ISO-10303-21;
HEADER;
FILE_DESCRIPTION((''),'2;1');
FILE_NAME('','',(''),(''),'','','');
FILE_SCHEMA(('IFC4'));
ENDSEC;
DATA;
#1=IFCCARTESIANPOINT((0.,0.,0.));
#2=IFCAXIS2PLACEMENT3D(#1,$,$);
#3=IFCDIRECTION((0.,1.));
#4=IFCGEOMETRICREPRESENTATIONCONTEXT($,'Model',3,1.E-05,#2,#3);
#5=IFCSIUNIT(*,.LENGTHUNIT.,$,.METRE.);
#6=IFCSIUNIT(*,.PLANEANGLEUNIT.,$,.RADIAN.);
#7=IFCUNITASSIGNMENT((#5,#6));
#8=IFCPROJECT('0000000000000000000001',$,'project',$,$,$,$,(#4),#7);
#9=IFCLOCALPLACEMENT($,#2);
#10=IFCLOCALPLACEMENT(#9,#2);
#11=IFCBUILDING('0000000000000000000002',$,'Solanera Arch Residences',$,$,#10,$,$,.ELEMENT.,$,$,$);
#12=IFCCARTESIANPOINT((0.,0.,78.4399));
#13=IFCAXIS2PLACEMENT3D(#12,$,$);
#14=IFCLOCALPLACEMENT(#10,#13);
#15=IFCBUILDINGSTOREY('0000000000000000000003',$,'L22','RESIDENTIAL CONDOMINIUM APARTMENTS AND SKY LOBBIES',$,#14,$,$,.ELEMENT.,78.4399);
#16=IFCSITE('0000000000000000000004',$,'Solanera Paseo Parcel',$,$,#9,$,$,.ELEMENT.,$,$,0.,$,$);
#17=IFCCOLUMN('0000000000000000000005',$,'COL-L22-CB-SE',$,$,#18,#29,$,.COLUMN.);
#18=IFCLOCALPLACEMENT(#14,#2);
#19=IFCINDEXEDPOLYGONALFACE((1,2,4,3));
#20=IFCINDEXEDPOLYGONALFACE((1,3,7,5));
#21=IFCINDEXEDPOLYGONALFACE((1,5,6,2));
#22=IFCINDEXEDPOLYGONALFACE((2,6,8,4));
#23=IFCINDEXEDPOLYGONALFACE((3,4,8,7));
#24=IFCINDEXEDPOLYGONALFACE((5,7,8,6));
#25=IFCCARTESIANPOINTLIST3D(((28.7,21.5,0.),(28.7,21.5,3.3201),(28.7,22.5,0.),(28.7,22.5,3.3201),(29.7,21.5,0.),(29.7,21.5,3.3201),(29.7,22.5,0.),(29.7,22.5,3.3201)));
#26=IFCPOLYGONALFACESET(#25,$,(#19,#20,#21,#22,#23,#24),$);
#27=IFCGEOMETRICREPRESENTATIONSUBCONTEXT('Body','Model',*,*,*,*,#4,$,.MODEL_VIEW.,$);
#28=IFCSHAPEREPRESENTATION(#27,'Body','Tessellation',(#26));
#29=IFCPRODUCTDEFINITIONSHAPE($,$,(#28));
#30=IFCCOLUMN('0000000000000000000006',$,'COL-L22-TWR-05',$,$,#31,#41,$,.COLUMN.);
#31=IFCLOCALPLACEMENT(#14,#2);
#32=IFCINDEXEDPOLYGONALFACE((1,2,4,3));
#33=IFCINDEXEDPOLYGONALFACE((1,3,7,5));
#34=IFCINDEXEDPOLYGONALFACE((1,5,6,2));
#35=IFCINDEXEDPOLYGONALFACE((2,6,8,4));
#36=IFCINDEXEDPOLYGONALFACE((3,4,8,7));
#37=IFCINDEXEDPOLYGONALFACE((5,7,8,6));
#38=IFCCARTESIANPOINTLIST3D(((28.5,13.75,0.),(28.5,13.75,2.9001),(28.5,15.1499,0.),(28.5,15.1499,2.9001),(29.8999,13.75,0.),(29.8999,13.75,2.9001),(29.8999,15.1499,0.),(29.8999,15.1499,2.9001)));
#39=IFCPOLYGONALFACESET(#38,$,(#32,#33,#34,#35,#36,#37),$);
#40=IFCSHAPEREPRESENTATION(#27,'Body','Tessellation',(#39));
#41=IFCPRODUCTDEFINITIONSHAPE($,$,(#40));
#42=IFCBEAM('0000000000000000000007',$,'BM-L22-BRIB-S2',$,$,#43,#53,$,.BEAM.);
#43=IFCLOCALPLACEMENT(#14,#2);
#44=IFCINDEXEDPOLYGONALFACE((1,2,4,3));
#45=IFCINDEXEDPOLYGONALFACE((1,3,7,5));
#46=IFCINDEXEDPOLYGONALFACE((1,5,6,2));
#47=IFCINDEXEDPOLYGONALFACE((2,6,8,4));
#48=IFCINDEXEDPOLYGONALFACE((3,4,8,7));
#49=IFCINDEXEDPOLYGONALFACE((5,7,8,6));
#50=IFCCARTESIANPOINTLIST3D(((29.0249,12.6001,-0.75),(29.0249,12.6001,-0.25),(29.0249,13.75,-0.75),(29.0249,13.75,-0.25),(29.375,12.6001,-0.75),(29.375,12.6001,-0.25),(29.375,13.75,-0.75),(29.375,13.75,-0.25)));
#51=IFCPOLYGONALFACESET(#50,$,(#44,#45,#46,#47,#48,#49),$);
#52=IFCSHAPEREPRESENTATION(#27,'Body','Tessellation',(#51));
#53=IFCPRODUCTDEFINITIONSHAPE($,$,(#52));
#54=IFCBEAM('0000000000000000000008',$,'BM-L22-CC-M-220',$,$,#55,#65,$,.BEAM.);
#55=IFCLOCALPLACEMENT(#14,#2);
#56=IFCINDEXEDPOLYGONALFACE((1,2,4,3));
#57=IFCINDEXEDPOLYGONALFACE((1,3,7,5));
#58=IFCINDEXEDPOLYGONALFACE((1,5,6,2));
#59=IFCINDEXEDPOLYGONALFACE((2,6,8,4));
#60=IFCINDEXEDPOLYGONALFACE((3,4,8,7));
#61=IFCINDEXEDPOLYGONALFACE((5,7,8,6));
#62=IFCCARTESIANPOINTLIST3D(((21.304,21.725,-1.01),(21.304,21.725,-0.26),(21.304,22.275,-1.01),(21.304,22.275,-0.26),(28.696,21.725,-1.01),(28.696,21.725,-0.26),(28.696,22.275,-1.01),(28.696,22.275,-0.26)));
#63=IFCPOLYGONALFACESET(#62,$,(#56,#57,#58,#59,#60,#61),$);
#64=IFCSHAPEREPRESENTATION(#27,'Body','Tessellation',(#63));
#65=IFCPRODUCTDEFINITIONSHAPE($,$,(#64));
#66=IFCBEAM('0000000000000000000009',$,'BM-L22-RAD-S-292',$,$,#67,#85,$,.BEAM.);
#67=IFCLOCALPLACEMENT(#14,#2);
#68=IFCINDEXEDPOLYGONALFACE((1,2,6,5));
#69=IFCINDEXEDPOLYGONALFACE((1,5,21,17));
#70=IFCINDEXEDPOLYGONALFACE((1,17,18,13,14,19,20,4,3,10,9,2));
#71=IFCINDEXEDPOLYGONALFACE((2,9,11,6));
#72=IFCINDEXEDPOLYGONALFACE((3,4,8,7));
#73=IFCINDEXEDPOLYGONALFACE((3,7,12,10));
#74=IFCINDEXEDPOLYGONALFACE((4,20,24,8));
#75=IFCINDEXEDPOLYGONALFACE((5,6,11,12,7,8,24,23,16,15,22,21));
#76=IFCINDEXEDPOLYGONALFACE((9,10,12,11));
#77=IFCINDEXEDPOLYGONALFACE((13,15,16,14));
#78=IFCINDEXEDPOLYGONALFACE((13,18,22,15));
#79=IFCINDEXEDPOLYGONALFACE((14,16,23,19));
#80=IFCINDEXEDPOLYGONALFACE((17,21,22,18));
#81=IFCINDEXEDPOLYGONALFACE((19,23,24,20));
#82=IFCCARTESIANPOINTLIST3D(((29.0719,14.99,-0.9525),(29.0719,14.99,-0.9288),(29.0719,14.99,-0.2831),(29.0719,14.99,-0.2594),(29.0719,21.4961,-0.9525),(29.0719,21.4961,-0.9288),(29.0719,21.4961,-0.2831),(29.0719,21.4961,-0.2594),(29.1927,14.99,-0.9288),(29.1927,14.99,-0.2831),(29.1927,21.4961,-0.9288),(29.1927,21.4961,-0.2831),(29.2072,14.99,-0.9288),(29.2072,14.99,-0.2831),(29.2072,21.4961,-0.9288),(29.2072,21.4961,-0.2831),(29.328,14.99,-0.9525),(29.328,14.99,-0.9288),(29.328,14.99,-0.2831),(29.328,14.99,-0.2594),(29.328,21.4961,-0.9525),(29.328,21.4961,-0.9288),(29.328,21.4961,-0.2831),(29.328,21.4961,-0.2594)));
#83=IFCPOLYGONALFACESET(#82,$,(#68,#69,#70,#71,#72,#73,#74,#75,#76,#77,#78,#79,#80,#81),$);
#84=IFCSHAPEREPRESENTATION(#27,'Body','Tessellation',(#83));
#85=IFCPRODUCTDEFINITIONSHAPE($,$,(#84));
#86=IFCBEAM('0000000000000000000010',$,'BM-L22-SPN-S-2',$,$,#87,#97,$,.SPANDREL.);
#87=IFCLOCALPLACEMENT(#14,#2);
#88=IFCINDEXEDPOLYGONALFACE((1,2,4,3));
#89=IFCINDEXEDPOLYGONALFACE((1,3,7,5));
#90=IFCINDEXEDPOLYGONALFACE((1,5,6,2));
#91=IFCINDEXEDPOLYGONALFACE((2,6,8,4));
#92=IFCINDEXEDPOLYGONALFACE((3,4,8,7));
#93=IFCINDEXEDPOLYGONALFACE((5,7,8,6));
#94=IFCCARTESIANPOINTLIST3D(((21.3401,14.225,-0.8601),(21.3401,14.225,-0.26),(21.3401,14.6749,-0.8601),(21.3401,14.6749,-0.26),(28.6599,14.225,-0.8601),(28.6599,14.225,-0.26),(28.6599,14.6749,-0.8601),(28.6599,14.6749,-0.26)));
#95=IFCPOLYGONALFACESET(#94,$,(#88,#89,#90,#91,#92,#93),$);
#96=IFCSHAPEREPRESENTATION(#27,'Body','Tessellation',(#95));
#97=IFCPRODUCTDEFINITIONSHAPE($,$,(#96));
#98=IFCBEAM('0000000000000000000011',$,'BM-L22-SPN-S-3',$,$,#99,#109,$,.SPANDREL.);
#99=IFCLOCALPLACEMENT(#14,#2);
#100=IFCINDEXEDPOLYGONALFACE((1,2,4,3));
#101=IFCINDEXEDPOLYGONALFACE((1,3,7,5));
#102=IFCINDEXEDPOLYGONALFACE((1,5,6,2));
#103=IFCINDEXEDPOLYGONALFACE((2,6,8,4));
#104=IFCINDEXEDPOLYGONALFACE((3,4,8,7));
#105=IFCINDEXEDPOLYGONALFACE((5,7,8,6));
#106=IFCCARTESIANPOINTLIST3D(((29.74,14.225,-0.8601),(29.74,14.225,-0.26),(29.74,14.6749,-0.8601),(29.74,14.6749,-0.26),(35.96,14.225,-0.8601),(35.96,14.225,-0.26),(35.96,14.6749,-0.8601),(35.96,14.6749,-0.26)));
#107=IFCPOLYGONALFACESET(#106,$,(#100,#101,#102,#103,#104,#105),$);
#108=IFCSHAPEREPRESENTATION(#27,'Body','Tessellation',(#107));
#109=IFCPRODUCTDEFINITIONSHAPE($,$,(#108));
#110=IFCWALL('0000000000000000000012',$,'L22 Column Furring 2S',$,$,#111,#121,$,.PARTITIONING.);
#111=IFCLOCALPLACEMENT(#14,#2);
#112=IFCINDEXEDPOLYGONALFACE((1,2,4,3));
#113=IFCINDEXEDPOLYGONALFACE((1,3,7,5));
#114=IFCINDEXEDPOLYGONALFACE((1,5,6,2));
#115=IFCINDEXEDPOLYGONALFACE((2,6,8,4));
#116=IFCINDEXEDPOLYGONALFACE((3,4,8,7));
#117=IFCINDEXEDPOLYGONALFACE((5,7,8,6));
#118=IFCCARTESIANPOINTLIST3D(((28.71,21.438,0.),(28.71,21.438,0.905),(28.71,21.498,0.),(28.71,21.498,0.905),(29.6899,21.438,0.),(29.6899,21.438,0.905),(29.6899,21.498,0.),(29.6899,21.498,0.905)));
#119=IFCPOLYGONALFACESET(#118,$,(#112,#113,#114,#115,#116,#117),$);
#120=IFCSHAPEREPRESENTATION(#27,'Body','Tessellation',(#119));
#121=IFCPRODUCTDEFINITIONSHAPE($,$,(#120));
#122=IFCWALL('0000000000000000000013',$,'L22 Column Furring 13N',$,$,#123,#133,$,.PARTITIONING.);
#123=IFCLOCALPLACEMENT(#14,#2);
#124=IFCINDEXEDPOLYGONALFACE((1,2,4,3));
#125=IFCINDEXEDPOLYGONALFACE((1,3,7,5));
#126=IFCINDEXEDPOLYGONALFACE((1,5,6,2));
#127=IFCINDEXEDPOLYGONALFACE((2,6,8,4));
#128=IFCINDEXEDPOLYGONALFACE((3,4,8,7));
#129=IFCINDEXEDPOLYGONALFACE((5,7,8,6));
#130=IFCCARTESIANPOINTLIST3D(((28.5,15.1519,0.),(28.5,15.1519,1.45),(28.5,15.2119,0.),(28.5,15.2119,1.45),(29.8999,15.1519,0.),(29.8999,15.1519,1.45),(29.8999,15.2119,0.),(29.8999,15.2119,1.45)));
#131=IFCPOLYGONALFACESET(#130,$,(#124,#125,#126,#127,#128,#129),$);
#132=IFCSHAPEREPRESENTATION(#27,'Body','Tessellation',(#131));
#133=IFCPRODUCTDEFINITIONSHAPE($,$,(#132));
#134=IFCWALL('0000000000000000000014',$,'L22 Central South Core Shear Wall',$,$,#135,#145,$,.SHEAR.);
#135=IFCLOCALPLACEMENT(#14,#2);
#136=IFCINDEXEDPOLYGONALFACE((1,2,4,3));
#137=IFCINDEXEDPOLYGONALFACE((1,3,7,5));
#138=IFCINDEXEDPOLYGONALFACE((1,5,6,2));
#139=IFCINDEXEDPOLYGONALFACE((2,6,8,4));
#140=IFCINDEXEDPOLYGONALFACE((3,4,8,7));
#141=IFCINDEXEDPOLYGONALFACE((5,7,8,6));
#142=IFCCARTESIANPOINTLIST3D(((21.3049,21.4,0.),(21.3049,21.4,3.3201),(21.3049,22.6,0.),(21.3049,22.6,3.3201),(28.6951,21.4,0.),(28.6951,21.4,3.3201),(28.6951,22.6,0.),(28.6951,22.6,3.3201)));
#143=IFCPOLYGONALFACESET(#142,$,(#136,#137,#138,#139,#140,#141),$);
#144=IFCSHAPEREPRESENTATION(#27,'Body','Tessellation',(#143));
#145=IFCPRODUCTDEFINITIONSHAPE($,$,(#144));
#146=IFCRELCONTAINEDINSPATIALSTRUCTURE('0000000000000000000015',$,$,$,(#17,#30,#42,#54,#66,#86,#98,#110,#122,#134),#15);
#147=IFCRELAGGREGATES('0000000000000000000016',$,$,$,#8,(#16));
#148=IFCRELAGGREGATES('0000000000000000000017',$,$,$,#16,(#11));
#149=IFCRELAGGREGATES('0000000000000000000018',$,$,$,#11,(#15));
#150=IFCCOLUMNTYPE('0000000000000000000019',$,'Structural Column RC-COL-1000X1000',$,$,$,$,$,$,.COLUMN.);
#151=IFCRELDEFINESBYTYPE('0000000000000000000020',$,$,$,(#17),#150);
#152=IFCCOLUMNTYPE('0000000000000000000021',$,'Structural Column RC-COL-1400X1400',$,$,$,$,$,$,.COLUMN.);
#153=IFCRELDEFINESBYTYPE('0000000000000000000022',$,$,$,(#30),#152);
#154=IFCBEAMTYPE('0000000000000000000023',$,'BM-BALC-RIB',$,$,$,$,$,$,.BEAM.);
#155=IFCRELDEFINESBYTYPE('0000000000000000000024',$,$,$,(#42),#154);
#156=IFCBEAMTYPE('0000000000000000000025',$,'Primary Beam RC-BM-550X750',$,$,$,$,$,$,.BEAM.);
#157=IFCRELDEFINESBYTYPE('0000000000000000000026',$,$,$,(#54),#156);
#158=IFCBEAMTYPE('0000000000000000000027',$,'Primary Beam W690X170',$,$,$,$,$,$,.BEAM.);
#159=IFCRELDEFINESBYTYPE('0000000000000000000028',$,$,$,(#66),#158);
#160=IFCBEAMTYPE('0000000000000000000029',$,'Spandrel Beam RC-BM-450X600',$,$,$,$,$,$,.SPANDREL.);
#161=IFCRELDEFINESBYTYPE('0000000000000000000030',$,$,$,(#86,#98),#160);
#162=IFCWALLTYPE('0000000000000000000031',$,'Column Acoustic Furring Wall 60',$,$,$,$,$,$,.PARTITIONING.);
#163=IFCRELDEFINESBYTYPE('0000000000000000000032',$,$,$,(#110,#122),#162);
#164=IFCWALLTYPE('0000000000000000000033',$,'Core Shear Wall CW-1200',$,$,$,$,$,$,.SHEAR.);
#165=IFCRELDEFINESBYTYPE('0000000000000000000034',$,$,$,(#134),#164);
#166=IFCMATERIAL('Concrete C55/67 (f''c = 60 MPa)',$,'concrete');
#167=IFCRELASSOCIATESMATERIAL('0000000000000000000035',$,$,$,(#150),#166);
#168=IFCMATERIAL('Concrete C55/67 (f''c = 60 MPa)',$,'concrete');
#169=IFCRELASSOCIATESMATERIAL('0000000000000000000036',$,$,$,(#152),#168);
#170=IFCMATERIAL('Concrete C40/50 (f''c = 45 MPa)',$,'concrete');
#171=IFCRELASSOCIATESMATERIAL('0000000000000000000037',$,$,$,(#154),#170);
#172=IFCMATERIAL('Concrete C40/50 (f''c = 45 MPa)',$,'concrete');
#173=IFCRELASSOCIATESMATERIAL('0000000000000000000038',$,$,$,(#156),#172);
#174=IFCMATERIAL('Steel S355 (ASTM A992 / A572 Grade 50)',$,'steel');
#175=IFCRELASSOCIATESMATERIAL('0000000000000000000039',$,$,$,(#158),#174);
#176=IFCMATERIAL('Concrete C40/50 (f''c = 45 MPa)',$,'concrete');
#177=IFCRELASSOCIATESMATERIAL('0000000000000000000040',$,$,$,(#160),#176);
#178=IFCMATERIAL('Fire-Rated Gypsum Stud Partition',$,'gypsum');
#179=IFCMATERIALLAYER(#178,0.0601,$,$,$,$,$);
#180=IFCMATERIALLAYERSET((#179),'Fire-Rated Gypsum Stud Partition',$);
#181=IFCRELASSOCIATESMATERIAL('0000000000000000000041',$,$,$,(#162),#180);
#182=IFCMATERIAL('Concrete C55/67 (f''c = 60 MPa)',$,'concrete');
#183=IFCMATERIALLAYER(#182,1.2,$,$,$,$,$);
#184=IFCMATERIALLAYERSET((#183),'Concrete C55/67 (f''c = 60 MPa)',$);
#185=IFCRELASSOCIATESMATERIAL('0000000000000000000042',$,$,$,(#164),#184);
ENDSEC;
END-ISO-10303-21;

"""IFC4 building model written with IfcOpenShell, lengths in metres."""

from ifc_helpers import new_model, si_unit, direction, frame, frame_2d, origin, origin_2d, place, context, subcontext, project, spatial, rectangle, i_section, extrude, material, layer, layer_set, material_profile, profile_set, type_object, element, save


model = new_model("IFC4")

# Units and contexts
model_context = context("Model", 3, precision=1e-05, world=origin(), true_north=direction((0.0, 1.0)))
body_context = subcontext(model_context, "Body", "Model", "MODEL_VIEW")
ifc_project = project(units=[si_unit("LENGTHUNIT", "METRE"), si_unit("PLANEANGLEUNIT", "RADIAN")], contexts=[model_context])

# Site, building, storey
site_placement = place(None, origin())
site = spatial("IfcSite", under=ifc_project, at=site_placement, Name="Solanera Paseo Parcel", CompositionType="ELEMENT", RefElevation=0.0)
building_placement = place(site_placement, origin())
building = spatial("IfcBuilding", under=site, at=building_placement, Name="Solanera Arch Residences", CompositionType="ELEMENT")
storey_placement = place(building_placement, frame((0.0, 0.0, 78.4399)))
storey = spatial("IfcBuildingStorey", under=building, at=storey_placement, Name="L22", Description="RESIDENTIAL CONDOMINIUM APARTMENTS AND SKY LOBBIES", CompositionType="ELEMENT", Elevation=78.4399)

# Columns
ifc_material_1 = material(Name="Concrete C55/67 (f'c = 60 MPa)", Category="concrete")
ifc_material_profile_1 = material_profile(ifc_material_1, rectangle(XDim=1.0, YDim=1.0, at=origin_2d()))
ifc_profile_set_1 = profile_set([ifc_material_profile_1], Name="Concrete C55/67 (f'c = 60 MPa)")
column_type_1 = type_object("IfcColumnType", Name="Structural Column RC-COL-1000X1000", PredefinedType="COLUMN", material=ifc_profile_set_1)
column_1_placement = place(storey_placement, frame((29.2, 22.0, 0.0), z_axis=(0.0, 0.0, 1.0), x_axis=(1.0, 0.0, 0.0)))
element("IfcColumn", 1, at=column_1_placement, inside=storey, type_object=column_type_1, Name="COL-L22-CB-SE", PredefinedType="COLUMN", context=body_context, shape_type="SweptSolid", body=[
    extrude(rectangle(XDim=1.0, YDim=1.0, at=origin_2d()), origin(), (0.0, 0.0, 1.0), 3.3201),
])
ifc_material_2 = material(Name="Concrete C55/67 (f'c = 60 MPa)", Category="concrete")
ifc_material_profile_2 = material_profile(ifc_material_2, rectangle(XDim=1.3999, YDim=1.3999, at=origin_2d()))
ifc_profile_set_2 = profile_set([ifc_material_profile_2], Name="Concrete C55/67 (f'c = 60 MPa)")
column_type_2 = type_object("IfcColumnType", Name="Structural Column RC-COL-1400X1400", PredefinedType="COLUMN", material=ifc_profile_set_2)
column_2_placement = place(storey_placement, frame((29.2, 14.45, 0.0), z_axis=(0.0, 0.0, 1.0), x_axis=(1.0, 0.0, 0.0)))
element("IfcColumn", 2, at=column_2_placement, inside=storey, type_object=column_type_2, Name="COL-L22-TWR-05", PredefinedType="COLUMN", context=body_context, shape_type="SweptSolid", body=[
    extrude(rectangle(XDim=1.3999, YDim=1.3999, at=origin_2d()), origin(), (0.0, 0.0, 1.0), 2.9001),
])

# Beams
ifc_material_3 = material(Name="Concrete C40/50 (f'c = 45 MPa)", Category="concrete")
ifc_material_profile_3 = material_profile(ifc_material_3, rectangle(XDim=0.3501, YDim=0.5, at=origin_2d()))
ifc_profile_set_3 = profile_set([ifc_material_profile_3], Name="Concrete C40/50 (f'c = 45 MPa)")
beam_type_1 = type_object("IfcBeamType", Name="BM-BALC-RIB", PredefinedType="BEAM", material=ifc_profile_set_3)
beam_1_placement = place(storey_placement, frame((29.2, 12.6001, -0.5), z_axis=(0.0, 1.0, 0.0), x_axis=(-1.0, 0.0, 0.0)))
element("IfcBeam", 3, at=beam_1_placement, inside=storey, type_object=beam_type_1, Name="BM-L22-BRIB-S2", PredefinedType="BEAM", context=body_context, shape_type="SweptSolid", body=[
    extrude(rectangle(XDim=0.3501, YDim=0.5, at=origin_2d()), origin(), (0.0, 0.0, 1.0), 1.1499),
])
ifc_material_4 = material(Name="Concrete C40/50 (f'c = 45 MPa)", Category="concrete")
ifc_material_profile_4 = material_profile(ifc_material_4, rectangle(XDim=0.55, YDim=0.75, at=origin_2d()))
ifc_profile_set_4 = profile_set([ifc_material_profile_4], Name="Concrete C40/50 (f'c = 45 MPa)")
beam_type_2 = type_object("IfcBeamType", Name="Primary Beam RC-BM-550X750", PredefinedType="BEAM", material=ifc_profile_set_4)
beam_2_placement = place(storey_placement, frame((21.304, 22.0, -0.635), z_axis=(1.0, 0.0, 0.0), x_axis=(0.0, 1.0, 0.0)))
element("IfcBeam", 4, at=beam_2_placement, inside=storey, type_object=beam_type_2, Name="BM-L22-CC-M-220", PredefinedType="BEAM", context=body_context, shape_type="SweptSolid", body=[
    extrude(rectangle(XDim=0.55, YDim=0.75, at=origin_2d()), origin(), (0.0, 0.0, 1.0), 7.3921),
])
ifc_material_5 = material(Name="Steel S355 (ASTM A992 / A572 Grade 50)", Category="steel")
ifc_material_profile_5 = material_profile(ifc_material_5, i_section(OverallWidth=0.2561, OverallDepth=0.6931, WebThickness=0.0144, FlangeThickness=0.0237, at=origin_2d()))
ifc_profile_set_5 = profile_set([ifc_material_profile_5], Name="Steel S355 (ASTM A992 / A572 Grade 50)")
beam_type_3 = type_object("IfcBeamType", Name="Primary Beam W690X170", PredefinedType="BEAM", material=ifc_profile_set_5)
beam_3_placement = place(storey_placement, frame((29.2, 14.99, -0.606), z_axis=(0.0, 1.0, 0.0), x_axis=(-1.0, 0.0, 0.0)))
element("IfcBeam", 5, at=beam_3_placement, inside=storey, type_object=beam_type_3, Name="BM-L22-RAD-S-292", PredefinedType="BEAM", context=body_context, shape_type="SweptSolid", body=[
    extrude(i_section(OverallWidth=0.2561, OverallDepth=0.6931, WebThickness=0.0144, FlangeThickness=0.0237, at=origin_2d()), origin(), (0.0, 0.0, 1.0), 6.5061),
])
ifc_material_6 = material(Name="Concrete C40/50 (f'c = 45 MPa)", Category="concrete")
ifc_material_profile_6 = material_profile(ifc_material_6, rectangle(XDim=0.45, YDim=0.6001, at=origin_2d()))
ifc_profile_set_6 = profile_set([ifc_material_profile_6], Name="Concrete C40/50 (f'c = 45 MPa)")
beam_type_4 = type_object("IfcBeamType", Name="Spandrel Beam RC-BM-450X600", PredefinedType="SPANDREL", material=ifc_profile_set_6)
beam_4_placement = place(storey_placement, frame((21.3401, 14.45, -0.5601), z_axis=(1.0, 0.0, 0.0), x_axis=(0.0, 1.0, 0.0)))
element("IfcBeam", 6, at=beam_4_placement, inside=storey, type_object=beam_type_4, Name="BM-L22-SPN-S-2", PredefinedType="SPANDREL", context=body_context, shape_type="SweptSolid", body=[
    extrude(rectangle(XDim=0.45, YDim=0.6001, at=origin_2d()), origin(), (0.0, 0.0, 1.0), 7.3198),
])
beam_5_placement = place(storey_placement, frame((29.74, 14.45, -0.5601), z_axis=(1.0, 0.0, 0.0), x_axis=(0.0, 1.0, 0.0)))
element("IfcBeam", 7, at=beam_5_placement, inside=storey, type_object=beam_type_4, Name="BM-L22-SPN-S-3", PredefinedType="SPANDREL", context=body_context, shape_type="SweptSolid", body=[
    extrude(rectangle(XDim=0.45, YDim=0.6001, at=origin_2d()), origin(), (0.0, 0.0, 1.0), 6.22),
])

# Walls
ifc_material_7 = material(Name="Fire-Rated Gypsum Stud Partition", Category="gypsum")
ifc_layer_1 = layer(ifc_material_7, 0.0601)
ifc_layer_set_1 = layer_set([ifc_layer_1], Name="Fire-Rated Gypsum Stud Partition")
wall_type_1 = type_object("IfcWallType", Name="Column Acoustic Furring Wall 60", PredefinedType="PARTITIONING", material=ifc_layer_set_1)
wall_1_placement = place(storey_placement, frame((28.71, 21.468, 0.0), z_axis=(0.0, 0.0, 1.0), x_axis=(1.0, 0.0, 0.0)))
element("IfcWall", 8, at=wall_1_placement, inside=storey, type_object=wall_type_1, Name="L22 Column Furring 2S", PredefinedType="PARTITIONING", context=body_context, shape_type="SweptSolid", body=[
    extrude(rectangle(XDim=0.98, YDim=0.0601, at=frame_2d((0.49, 0.0))), origin(), (0.0, 0.0, 1.0), 0.905),
])
wall_2_placement = place(storey_placement, frame((28.5, 15.1819, 0.0), z_axis=(0.0, 0.0, 1.0), x_axis=(1.0, 0.0, 0.0)))
element("IfcWall", 9, at=wall_2_placement, inside=storey, type_object=wall_type_1, Name="L22 Column Furring 13N", PredefinedType="PARTITIONING", context=body_context, shape_type="SweptSolid", body=[
    extrude(rectangle(XDim=1.3999, YDim=0.0601, at=frame_2d((0.7, 0.0))), origin(), (0.0, 0.0, 1.0), 1.45),
])
ifc_material_8 = material(Name="Concrete C55/67 (f'c = 60 MPa)", Category="concrete")
ifc_layer_2 = layer(ifc_material_8, 1.2)
ifc_layer_set_2 = layer_set([ifc_layer_2], Name="Concrete C55/67 (f'c = 60 MPa)")
wall_type_2 = type_object("IfcWallType", Name="Core Shear Wall CW-1200", PredefinedType="SHEAR", material=ifc_layer_set_2)
wall_3_placement = place(storey_placement, frame((21.3049, 22.0, 0.0), z_axis=(0.0, 0.0, 1.0), x_axis=(1.0, 0.0, 0.0)))
element("IfcWall", 10, at=wall_3_placement, inside=storey, type_object=wall_type_2, Name="L22 Central South Core Shear Wall", PredefinedType="SHEAR", context=body_context, shape_type="SweptSolid", body=[
    extrude(rectangle(XDim=7.3901, YDim=1.2, at=frame_2d((3.6951, 0.0))), origin(), (0.0, 0.0, 1.0), 3.3201),
])

save(model, "model.ifc")
